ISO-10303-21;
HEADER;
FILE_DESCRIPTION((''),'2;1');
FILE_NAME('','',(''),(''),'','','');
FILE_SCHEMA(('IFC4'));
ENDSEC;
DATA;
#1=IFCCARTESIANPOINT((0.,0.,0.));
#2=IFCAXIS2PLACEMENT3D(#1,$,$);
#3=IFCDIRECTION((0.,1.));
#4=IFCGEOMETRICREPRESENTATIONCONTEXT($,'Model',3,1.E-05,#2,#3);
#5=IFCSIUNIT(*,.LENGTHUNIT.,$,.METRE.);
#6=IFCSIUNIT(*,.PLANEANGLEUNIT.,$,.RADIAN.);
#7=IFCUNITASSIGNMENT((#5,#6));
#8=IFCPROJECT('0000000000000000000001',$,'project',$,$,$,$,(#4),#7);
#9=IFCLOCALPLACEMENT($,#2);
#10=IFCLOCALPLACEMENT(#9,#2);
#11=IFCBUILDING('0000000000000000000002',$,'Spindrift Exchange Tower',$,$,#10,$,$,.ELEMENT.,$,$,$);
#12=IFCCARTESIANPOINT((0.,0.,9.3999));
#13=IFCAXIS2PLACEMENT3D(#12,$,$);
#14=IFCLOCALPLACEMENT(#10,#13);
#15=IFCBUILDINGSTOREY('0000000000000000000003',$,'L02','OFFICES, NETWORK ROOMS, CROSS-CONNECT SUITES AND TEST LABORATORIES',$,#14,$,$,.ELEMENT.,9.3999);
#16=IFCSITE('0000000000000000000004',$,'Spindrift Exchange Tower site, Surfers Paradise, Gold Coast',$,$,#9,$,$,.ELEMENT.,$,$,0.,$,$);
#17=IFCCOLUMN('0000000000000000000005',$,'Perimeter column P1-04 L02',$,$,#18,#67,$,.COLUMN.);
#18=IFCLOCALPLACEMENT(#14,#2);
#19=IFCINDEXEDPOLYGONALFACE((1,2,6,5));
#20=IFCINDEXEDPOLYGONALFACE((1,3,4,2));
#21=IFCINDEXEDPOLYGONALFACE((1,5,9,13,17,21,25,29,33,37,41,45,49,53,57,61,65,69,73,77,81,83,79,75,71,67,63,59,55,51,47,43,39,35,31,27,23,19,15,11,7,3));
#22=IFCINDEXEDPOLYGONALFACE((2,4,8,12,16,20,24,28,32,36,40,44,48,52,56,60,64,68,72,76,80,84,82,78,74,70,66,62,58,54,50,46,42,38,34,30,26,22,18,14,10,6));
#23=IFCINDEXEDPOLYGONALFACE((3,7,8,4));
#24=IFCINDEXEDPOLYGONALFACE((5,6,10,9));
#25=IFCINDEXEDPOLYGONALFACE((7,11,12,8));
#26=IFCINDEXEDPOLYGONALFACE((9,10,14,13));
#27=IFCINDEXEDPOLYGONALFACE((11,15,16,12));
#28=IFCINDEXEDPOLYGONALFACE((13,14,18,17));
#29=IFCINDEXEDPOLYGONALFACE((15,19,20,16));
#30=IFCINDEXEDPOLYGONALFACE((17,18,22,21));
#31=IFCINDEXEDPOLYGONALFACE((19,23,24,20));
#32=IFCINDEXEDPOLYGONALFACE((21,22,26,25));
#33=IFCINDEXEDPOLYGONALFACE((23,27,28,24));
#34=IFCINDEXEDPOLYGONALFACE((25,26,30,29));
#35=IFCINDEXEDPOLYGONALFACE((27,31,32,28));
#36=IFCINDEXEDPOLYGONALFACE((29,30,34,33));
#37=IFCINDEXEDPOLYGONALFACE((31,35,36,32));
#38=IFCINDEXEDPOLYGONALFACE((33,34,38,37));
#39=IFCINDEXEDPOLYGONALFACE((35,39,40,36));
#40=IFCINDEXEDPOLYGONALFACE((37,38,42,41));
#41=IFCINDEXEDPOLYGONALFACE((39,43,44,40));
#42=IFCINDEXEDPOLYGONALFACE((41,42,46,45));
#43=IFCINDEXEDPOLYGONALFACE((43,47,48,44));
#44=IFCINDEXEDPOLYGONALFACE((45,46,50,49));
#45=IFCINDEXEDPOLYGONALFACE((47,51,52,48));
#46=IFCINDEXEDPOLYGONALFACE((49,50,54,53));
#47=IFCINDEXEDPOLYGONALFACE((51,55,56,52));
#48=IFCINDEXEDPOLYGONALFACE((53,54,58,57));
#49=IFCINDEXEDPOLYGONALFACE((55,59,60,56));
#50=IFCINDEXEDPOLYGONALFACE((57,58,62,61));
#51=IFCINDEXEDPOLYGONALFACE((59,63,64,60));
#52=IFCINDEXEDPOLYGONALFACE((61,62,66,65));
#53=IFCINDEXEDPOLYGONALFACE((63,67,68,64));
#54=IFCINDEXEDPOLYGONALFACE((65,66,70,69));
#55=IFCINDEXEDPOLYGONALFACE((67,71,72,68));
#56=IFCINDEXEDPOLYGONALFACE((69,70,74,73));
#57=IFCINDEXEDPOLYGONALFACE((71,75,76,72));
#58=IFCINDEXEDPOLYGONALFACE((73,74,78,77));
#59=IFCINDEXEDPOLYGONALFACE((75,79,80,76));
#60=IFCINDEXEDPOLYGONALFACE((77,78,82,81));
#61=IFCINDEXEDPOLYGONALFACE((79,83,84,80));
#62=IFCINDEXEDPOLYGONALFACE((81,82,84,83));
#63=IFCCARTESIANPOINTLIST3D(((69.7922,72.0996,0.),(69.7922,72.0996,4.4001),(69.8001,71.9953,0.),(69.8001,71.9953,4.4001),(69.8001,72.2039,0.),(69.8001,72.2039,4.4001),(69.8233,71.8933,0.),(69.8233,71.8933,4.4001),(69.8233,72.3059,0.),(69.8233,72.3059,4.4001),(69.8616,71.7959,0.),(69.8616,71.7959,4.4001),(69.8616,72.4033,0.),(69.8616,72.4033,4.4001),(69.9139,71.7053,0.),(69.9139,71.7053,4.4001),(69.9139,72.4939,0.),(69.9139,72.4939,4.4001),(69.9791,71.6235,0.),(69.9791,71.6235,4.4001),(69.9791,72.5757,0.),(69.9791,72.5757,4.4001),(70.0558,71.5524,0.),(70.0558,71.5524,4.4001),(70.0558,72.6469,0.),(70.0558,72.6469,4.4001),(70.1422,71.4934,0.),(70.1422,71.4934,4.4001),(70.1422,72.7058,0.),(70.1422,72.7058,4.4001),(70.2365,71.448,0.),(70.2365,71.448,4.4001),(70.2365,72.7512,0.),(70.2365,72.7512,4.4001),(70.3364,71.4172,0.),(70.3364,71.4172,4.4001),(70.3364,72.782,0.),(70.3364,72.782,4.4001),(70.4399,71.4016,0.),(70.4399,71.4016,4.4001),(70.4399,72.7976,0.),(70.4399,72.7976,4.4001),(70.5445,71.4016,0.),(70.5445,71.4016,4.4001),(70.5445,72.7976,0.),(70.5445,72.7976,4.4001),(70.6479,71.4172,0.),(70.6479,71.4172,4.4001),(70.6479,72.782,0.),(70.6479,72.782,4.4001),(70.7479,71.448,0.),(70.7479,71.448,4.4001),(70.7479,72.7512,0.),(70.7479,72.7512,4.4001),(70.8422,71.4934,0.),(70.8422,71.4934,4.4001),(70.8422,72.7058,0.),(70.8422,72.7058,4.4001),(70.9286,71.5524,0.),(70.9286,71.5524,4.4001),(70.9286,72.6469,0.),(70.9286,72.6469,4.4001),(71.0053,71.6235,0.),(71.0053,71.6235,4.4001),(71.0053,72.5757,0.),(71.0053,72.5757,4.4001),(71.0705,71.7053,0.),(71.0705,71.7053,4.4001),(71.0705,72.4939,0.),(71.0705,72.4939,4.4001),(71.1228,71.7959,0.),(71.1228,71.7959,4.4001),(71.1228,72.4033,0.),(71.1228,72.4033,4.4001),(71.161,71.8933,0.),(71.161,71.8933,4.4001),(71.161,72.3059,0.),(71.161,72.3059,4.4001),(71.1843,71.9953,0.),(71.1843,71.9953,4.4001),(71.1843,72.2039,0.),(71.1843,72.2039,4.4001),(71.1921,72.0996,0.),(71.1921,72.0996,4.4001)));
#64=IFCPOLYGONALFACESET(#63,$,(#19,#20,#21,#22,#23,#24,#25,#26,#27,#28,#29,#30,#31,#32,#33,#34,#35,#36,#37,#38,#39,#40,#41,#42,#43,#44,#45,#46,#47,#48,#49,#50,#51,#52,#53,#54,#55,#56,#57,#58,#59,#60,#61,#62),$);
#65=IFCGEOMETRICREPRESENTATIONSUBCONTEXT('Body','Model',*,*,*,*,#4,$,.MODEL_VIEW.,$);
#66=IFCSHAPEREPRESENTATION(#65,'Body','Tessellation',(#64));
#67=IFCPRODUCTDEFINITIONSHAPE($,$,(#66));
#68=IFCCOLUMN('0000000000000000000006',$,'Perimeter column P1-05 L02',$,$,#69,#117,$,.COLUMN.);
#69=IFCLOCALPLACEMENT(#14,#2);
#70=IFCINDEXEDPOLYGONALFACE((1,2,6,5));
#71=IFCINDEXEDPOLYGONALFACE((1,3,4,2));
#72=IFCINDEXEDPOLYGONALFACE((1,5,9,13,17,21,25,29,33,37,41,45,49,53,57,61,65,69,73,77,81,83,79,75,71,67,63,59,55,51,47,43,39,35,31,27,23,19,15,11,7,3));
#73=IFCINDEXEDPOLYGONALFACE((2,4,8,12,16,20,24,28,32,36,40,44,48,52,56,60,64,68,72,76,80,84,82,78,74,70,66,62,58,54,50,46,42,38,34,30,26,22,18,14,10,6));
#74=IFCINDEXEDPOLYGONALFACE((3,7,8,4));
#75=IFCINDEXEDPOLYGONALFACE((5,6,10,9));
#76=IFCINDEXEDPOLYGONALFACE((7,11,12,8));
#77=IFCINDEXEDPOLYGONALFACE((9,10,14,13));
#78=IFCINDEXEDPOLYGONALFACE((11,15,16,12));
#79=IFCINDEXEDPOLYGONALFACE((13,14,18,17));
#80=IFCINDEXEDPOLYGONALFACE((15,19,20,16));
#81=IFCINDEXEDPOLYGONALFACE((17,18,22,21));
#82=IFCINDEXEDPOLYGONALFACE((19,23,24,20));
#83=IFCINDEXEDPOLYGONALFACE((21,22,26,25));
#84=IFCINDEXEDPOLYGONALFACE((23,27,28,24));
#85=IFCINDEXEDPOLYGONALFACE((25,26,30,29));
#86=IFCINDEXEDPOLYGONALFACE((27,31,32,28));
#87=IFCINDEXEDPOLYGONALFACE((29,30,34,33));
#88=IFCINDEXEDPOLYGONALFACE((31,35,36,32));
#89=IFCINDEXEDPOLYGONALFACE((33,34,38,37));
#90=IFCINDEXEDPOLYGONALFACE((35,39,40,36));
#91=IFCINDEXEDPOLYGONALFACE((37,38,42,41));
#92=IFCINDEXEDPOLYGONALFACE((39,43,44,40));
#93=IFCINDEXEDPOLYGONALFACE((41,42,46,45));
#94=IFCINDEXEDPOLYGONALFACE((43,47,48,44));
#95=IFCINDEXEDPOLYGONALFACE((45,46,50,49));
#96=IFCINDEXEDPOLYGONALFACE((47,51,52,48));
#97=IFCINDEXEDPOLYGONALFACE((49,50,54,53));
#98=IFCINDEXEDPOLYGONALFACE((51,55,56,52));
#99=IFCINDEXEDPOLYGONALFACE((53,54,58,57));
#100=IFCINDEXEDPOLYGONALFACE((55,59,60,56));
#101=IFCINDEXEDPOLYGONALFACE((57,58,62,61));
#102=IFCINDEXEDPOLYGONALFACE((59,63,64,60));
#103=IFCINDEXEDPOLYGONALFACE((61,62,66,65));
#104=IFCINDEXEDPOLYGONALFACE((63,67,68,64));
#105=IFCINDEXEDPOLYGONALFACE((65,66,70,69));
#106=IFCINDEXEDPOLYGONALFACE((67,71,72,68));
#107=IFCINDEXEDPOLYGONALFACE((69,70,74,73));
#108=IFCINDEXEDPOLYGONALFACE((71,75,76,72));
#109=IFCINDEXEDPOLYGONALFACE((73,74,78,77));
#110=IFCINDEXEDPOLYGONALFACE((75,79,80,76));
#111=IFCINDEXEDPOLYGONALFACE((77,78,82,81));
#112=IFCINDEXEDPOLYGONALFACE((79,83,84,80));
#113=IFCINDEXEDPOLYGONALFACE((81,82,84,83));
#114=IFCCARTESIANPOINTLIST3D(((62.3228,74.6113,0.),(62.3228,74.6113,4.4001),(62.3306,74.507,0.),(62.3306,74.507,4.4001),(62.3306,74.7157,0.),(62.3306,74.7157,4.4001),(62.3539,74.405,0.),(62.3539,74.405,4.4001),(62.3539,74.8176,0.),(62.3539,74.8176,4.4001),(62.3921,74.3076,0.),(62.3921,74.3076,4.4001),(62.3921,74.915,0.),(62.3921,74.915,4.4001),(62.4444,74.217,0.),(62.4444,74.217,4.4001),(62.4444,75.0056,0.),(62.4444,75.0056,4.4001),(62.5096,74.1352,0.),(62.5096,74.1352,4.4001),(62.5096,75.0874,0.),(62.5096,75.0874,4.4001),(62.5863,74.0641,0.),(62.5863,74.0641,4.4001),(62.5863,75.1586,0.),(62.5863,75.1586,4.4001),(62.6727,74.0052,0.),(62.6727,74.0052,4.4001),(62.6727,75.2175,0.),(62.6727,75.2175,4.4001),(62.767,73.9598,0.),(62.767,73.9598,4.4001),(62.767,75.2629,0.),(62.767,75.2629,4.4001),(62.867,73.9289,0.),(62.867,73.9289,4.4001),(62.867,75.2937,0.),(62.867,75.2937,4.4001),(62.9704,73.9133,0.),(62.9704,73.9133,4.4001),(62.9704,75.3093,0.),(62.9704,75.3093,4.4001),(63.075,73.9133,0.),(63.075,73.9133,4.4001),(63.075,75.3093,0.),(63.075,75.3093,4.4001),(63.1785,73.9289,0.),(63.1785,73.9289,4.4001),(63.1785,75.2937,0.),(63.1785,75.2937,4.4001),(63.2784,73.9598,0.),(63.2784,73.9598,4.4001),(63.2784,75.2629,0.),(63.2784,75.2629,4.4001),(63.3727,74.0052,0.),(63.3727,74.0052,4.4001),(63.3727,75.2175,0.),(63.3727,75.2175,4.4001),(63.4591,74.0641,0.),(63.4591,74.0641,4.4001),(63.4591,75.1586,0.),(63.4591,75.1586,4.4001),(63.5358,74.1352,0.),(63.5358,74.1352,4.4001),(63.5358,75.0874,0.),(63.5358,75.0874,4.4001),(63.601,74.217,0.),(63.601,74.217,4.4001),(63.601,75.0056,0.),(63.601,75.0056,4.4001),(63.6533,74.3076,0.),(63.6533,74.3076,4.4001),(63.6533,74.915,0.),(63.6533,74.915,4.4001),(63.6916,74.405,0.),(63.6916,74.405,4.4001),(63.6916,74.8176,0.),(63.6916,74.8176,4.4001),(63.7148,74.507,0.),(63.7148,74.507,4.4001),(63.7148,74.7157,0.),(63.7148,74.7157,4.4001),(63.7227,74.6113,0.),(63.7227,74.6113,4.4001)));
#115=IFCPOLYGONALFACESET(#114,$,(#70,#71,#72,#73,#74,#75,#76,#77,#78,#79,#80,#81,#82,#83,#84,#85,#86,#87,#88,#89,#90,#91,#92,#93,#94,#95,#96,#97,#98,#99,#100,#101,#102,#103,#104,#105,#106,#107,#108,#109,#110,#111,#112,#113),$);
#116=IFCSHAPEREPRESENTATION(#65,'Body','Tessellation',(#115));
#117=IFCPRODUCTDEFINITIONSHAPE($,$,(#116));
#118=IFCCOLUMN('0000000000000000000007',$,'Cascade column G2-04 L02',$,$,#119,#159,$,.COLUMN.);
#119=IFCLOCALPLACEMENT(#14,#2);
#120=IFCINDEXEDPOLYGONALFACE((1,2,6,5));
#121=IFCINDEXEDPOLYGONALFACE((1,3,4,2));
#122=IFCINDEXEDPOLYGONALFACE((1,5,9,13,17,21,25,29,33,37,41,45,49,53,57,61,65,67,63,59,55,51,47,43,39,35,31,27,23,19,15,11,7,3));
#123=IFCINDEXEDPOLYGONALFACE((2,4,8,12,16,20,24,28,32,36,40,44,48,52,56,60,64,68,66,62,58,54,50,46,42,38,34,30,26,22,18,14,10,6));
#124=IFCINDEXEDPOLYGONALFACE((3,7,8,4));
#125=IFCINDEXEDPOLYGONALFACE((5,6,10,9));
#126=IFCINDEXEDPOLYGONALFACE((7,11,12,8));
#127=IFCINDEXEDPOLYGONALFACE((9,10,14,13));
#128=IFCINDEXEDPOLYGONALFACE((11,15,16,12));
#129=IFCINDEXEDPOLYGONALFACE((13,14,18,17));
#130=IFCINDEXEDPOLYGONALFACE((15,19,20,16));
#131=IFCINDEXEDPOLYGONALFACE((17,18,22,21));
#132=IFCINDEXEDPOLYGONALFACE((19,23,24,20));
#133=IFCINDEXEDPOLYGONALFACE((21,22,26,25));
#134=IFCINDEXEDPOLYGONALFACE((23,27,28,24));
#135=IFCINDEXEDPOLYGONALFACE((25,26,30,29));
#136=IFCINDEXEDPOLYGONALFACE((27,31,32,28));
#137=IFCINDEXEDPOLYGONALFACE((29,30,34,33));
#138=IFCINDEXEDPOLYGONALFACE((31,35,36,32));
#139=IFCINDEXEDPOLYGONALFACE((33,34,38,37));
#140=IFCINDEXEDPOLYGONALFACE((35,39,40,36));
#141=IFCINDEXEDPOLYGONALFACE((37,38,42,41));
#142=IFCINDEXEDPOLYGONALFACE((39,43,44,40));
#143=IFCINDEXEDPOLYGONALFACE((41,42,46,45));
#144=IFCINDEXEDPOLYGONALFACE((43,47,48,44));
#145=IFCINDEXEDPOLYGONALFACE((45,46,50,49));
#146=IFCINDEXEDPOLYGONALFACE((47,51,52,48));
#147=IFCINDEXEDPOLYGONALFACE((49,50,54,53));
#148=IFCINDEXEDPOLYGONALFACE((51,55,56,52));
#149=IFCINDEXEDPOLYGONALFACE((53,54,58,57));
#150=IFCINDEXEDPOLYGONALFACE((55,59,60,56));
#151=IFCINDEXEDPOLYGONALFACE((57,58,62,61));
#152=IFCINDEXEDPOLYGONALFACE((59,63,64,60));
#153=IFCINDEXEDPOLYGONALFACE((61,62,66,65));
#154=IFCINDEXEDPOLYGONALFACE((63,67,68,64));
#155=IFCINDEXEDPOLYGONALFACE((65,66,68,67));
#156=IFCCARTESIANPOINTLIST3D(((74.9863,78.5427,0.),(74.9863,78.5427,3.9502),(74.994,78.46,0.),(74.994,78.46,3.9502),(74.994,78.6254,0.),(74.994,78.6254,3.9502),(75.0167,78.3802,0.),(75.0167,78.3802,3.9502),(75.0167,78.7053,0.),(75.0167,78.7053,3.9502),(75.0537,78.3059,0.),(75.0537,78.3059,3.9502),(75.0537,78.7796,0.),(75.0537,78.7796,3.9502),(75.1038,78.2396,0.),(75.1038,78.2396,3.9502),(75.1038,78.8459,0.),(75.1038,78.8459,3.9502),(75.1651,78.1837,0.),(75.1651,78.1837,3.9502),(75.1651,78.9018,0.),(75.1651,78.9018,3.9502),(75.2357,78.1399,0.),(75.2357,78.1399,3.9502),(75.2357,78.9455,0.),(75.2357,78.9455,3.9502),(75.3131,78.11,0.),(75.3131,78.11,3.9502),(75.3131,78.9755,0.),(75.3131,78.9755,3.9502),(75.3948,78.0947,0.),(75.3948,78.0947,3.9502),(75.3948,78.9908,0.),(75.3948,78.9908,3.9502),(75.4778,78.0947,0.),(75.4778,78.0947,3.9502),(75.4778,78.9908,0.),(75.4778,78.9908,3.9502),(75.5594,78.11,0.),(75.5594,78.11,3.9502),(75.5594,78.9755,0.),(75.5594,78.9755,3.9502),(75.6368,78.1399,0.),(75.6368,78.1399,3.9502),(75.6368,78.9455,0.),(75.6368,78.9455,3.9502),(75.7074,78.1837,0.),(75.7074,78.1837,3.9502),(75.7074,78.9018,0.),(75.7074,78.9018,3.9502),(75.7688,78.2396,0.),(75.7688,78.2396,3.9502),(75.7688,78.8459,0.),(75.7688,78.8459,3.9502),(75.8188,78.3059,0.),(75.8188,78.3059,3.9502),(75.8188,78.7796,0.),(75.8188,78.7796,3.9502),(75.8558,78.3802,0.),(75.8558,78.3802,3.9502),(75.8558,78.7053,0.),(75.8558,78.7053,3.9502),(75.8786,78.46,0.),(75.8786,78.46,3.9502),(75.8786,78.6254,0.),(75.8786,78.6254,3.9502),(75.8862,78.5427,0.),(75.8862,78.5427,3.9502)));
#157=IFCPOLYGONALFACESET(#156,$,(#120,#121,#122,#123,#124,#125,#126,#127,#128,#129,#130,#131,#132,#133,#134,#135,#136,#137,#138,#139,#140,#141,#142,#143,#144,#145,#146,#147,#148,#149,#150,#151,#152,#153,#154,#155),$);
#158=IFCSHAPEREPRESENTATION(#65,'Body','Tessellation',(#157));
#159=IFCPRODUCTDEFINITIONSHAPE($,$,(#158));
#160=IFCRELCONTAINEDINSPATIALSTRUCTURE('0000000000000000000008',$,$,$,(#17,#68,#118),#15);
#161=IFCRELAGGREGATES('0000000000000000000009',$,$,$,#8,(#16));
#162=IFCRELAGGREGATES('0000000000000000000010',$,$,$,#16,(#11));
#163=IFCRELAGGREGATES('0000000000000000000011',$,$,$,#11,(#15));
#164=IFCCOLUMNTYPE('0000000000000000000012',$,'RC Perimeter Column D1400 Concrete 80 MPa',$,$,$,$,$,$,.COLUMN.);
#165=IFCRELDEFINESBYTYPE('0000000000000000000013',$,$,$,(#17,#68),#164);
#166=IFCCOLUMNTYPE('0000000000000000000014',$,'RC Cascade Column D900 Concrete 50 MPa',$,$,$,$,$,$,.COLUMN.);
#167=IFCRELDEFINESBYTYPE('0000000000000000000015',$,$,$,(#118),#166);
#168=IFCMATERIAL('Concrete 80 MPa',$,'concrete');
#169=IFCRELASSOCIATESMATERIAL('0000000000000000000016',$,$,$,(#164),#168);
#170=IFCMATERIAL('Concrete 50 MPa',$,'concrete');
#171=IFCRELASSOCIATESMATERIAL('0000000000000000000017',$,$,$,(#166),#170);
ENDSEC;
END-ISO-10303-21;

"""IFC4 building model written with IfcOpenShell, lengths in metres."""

from ifc_helpers import new_model, si_unit, direction, frame, origin, origin_2d, place, context, subcontext, project, spatial, circle, extrude, source, transform, mapped, material, material_profile, profile_set, type_object, element, save


model = new_model("IFC4")

# Units and contexts
model_context = context("Model", 3, precision=1e-05, world=origin(), true_north=direction((0.0, 1.0)))
body_context = subcontext(model_context, "Body", "Model", "MODEL_VIEW")
ifc_project = project(units=[si_unit("LENGTHUNIT", "METRE"), si_unit("PLANEANGLEUNIT", "RADIAN")], contexts=[model_context])

# Site, building, storey
site_placement = place(None, origin())
site = spatial("IfcSite", under=ifc_project, at=site_placement, Name="Spindrift Exchange Tower site, Surfers Paradise, Gold Coast", CompositionType="ELEMENT", RefElevation=0.0)
building_placement = place(site_placement, origin())
building = spatial("IfcBuilding", under=site, at=building_placement, Name="Spindrift Exchange Tower", CompositionType="ELEMENT")
storey_placement = place(building_placement, frame((0.0, 0.0, 9.3999)))
storey = spatial("IfcBuildingStorey", under=building, at=storey_placement, Name="L02", Description="OFFICES, NETWORK ROOMS, CROSS-CONNECT SUITES AND TEST LABORATORIES", CompositionType="ELEMENT", Elevation=9.3999)

# Columns
ifc_material_1 = material(Name="Concrete 80 MPa", Category="concrete")
ifc_material_profile_1 = material_profile(ifc_material_1, circle(Radius=0.7, at=origin_2d()), Name="RC D1400")
ifc_profile_set_1 = profile_set([ifc_material_profile_1], Name="Concrete 80 MPa")
column_type_1 = type_object("IfcColumnType", Name="RC Perimeter Column D1400 Concrete 80 MPa", PredefinedType="COLUMN", material=ifc_profile_set_1)
shared_shape_1 = source(origin(), body_context, "Body", "SweptSolid", [
    extrude(circle(Radius=0.7, at=origin_2d()), origin(), (0.0, 0.0, 1.0), 4.4001),
])
for number, where, z_axis, x_axis, name in (
    (1, (70.4922, 72.0996, 0.0), (0.0, 0.0, 1.0), (1.0, 0.0, 0.0), "Perimeter column P1-04 L02"),
    (2, (63.0227, 74.6113, 0.0), (0.0, 0.0, 1.0), (1.0, 0.0, 0.0), "Perimeter column P1-05 L02"),
):
    element("IfcColumn", number, at=place(storey_placement, frame(where, z_axis=z_axis, x_axis=x_axis)), inside=storey, type_object=column_type_1, Name=name, PredefinedType="COLUMN", context=body_context, shape_type="MappedRepresentation", body=[
        mapped(shared_shape_1, transform((0.0, 0.0, 0.0), scale=1.0)),
    ])
ifc_material_2 = material(Name="Concrete 50 MPa", Category="concrete")
ifc_material_profile_2 = material_profile(ifc_material_2, circle(Radius=0.45, at=origin_2d()), Name="RC D900")
ifc_profile_set_2 = profile_set([ifc_material_profile_2], Name="Concrete 50 MPa")
column_type_2 = type_object("IfcColumnType", Name="RC Cascade Column D900 Concrete 50 MPa", PredefinedType="COLUMN", material=ifc_profile_set_2)
shared_shape_2 = source(origin(), body_context, "Body", "SweptSolid", [
    extrude(circle(Radius=0.45, at=origin_2d()), origin(), (0.0, 0.0, 1.0), 3.9502),
])
column_placement = place(storey_placement, frame((75.4363, 78.5427, 0.0), z_axis=(0.0, 0.0, 1.0), x_axis=(1.0, 0.0, 0.0)))
element("IfcColumn", 3, at=column_placement, inside=storey, type_object=column_type_2, Name="Cascade column G2-04 L02", PredefinedType="COLUMN", context=body_context, shape_type="MappedRepresentation", body=[
    mapped(shared_shape_2, transform((0.0, 0.0, 0.0), scale=1.0)),
])

save(model, "model.ifc")
